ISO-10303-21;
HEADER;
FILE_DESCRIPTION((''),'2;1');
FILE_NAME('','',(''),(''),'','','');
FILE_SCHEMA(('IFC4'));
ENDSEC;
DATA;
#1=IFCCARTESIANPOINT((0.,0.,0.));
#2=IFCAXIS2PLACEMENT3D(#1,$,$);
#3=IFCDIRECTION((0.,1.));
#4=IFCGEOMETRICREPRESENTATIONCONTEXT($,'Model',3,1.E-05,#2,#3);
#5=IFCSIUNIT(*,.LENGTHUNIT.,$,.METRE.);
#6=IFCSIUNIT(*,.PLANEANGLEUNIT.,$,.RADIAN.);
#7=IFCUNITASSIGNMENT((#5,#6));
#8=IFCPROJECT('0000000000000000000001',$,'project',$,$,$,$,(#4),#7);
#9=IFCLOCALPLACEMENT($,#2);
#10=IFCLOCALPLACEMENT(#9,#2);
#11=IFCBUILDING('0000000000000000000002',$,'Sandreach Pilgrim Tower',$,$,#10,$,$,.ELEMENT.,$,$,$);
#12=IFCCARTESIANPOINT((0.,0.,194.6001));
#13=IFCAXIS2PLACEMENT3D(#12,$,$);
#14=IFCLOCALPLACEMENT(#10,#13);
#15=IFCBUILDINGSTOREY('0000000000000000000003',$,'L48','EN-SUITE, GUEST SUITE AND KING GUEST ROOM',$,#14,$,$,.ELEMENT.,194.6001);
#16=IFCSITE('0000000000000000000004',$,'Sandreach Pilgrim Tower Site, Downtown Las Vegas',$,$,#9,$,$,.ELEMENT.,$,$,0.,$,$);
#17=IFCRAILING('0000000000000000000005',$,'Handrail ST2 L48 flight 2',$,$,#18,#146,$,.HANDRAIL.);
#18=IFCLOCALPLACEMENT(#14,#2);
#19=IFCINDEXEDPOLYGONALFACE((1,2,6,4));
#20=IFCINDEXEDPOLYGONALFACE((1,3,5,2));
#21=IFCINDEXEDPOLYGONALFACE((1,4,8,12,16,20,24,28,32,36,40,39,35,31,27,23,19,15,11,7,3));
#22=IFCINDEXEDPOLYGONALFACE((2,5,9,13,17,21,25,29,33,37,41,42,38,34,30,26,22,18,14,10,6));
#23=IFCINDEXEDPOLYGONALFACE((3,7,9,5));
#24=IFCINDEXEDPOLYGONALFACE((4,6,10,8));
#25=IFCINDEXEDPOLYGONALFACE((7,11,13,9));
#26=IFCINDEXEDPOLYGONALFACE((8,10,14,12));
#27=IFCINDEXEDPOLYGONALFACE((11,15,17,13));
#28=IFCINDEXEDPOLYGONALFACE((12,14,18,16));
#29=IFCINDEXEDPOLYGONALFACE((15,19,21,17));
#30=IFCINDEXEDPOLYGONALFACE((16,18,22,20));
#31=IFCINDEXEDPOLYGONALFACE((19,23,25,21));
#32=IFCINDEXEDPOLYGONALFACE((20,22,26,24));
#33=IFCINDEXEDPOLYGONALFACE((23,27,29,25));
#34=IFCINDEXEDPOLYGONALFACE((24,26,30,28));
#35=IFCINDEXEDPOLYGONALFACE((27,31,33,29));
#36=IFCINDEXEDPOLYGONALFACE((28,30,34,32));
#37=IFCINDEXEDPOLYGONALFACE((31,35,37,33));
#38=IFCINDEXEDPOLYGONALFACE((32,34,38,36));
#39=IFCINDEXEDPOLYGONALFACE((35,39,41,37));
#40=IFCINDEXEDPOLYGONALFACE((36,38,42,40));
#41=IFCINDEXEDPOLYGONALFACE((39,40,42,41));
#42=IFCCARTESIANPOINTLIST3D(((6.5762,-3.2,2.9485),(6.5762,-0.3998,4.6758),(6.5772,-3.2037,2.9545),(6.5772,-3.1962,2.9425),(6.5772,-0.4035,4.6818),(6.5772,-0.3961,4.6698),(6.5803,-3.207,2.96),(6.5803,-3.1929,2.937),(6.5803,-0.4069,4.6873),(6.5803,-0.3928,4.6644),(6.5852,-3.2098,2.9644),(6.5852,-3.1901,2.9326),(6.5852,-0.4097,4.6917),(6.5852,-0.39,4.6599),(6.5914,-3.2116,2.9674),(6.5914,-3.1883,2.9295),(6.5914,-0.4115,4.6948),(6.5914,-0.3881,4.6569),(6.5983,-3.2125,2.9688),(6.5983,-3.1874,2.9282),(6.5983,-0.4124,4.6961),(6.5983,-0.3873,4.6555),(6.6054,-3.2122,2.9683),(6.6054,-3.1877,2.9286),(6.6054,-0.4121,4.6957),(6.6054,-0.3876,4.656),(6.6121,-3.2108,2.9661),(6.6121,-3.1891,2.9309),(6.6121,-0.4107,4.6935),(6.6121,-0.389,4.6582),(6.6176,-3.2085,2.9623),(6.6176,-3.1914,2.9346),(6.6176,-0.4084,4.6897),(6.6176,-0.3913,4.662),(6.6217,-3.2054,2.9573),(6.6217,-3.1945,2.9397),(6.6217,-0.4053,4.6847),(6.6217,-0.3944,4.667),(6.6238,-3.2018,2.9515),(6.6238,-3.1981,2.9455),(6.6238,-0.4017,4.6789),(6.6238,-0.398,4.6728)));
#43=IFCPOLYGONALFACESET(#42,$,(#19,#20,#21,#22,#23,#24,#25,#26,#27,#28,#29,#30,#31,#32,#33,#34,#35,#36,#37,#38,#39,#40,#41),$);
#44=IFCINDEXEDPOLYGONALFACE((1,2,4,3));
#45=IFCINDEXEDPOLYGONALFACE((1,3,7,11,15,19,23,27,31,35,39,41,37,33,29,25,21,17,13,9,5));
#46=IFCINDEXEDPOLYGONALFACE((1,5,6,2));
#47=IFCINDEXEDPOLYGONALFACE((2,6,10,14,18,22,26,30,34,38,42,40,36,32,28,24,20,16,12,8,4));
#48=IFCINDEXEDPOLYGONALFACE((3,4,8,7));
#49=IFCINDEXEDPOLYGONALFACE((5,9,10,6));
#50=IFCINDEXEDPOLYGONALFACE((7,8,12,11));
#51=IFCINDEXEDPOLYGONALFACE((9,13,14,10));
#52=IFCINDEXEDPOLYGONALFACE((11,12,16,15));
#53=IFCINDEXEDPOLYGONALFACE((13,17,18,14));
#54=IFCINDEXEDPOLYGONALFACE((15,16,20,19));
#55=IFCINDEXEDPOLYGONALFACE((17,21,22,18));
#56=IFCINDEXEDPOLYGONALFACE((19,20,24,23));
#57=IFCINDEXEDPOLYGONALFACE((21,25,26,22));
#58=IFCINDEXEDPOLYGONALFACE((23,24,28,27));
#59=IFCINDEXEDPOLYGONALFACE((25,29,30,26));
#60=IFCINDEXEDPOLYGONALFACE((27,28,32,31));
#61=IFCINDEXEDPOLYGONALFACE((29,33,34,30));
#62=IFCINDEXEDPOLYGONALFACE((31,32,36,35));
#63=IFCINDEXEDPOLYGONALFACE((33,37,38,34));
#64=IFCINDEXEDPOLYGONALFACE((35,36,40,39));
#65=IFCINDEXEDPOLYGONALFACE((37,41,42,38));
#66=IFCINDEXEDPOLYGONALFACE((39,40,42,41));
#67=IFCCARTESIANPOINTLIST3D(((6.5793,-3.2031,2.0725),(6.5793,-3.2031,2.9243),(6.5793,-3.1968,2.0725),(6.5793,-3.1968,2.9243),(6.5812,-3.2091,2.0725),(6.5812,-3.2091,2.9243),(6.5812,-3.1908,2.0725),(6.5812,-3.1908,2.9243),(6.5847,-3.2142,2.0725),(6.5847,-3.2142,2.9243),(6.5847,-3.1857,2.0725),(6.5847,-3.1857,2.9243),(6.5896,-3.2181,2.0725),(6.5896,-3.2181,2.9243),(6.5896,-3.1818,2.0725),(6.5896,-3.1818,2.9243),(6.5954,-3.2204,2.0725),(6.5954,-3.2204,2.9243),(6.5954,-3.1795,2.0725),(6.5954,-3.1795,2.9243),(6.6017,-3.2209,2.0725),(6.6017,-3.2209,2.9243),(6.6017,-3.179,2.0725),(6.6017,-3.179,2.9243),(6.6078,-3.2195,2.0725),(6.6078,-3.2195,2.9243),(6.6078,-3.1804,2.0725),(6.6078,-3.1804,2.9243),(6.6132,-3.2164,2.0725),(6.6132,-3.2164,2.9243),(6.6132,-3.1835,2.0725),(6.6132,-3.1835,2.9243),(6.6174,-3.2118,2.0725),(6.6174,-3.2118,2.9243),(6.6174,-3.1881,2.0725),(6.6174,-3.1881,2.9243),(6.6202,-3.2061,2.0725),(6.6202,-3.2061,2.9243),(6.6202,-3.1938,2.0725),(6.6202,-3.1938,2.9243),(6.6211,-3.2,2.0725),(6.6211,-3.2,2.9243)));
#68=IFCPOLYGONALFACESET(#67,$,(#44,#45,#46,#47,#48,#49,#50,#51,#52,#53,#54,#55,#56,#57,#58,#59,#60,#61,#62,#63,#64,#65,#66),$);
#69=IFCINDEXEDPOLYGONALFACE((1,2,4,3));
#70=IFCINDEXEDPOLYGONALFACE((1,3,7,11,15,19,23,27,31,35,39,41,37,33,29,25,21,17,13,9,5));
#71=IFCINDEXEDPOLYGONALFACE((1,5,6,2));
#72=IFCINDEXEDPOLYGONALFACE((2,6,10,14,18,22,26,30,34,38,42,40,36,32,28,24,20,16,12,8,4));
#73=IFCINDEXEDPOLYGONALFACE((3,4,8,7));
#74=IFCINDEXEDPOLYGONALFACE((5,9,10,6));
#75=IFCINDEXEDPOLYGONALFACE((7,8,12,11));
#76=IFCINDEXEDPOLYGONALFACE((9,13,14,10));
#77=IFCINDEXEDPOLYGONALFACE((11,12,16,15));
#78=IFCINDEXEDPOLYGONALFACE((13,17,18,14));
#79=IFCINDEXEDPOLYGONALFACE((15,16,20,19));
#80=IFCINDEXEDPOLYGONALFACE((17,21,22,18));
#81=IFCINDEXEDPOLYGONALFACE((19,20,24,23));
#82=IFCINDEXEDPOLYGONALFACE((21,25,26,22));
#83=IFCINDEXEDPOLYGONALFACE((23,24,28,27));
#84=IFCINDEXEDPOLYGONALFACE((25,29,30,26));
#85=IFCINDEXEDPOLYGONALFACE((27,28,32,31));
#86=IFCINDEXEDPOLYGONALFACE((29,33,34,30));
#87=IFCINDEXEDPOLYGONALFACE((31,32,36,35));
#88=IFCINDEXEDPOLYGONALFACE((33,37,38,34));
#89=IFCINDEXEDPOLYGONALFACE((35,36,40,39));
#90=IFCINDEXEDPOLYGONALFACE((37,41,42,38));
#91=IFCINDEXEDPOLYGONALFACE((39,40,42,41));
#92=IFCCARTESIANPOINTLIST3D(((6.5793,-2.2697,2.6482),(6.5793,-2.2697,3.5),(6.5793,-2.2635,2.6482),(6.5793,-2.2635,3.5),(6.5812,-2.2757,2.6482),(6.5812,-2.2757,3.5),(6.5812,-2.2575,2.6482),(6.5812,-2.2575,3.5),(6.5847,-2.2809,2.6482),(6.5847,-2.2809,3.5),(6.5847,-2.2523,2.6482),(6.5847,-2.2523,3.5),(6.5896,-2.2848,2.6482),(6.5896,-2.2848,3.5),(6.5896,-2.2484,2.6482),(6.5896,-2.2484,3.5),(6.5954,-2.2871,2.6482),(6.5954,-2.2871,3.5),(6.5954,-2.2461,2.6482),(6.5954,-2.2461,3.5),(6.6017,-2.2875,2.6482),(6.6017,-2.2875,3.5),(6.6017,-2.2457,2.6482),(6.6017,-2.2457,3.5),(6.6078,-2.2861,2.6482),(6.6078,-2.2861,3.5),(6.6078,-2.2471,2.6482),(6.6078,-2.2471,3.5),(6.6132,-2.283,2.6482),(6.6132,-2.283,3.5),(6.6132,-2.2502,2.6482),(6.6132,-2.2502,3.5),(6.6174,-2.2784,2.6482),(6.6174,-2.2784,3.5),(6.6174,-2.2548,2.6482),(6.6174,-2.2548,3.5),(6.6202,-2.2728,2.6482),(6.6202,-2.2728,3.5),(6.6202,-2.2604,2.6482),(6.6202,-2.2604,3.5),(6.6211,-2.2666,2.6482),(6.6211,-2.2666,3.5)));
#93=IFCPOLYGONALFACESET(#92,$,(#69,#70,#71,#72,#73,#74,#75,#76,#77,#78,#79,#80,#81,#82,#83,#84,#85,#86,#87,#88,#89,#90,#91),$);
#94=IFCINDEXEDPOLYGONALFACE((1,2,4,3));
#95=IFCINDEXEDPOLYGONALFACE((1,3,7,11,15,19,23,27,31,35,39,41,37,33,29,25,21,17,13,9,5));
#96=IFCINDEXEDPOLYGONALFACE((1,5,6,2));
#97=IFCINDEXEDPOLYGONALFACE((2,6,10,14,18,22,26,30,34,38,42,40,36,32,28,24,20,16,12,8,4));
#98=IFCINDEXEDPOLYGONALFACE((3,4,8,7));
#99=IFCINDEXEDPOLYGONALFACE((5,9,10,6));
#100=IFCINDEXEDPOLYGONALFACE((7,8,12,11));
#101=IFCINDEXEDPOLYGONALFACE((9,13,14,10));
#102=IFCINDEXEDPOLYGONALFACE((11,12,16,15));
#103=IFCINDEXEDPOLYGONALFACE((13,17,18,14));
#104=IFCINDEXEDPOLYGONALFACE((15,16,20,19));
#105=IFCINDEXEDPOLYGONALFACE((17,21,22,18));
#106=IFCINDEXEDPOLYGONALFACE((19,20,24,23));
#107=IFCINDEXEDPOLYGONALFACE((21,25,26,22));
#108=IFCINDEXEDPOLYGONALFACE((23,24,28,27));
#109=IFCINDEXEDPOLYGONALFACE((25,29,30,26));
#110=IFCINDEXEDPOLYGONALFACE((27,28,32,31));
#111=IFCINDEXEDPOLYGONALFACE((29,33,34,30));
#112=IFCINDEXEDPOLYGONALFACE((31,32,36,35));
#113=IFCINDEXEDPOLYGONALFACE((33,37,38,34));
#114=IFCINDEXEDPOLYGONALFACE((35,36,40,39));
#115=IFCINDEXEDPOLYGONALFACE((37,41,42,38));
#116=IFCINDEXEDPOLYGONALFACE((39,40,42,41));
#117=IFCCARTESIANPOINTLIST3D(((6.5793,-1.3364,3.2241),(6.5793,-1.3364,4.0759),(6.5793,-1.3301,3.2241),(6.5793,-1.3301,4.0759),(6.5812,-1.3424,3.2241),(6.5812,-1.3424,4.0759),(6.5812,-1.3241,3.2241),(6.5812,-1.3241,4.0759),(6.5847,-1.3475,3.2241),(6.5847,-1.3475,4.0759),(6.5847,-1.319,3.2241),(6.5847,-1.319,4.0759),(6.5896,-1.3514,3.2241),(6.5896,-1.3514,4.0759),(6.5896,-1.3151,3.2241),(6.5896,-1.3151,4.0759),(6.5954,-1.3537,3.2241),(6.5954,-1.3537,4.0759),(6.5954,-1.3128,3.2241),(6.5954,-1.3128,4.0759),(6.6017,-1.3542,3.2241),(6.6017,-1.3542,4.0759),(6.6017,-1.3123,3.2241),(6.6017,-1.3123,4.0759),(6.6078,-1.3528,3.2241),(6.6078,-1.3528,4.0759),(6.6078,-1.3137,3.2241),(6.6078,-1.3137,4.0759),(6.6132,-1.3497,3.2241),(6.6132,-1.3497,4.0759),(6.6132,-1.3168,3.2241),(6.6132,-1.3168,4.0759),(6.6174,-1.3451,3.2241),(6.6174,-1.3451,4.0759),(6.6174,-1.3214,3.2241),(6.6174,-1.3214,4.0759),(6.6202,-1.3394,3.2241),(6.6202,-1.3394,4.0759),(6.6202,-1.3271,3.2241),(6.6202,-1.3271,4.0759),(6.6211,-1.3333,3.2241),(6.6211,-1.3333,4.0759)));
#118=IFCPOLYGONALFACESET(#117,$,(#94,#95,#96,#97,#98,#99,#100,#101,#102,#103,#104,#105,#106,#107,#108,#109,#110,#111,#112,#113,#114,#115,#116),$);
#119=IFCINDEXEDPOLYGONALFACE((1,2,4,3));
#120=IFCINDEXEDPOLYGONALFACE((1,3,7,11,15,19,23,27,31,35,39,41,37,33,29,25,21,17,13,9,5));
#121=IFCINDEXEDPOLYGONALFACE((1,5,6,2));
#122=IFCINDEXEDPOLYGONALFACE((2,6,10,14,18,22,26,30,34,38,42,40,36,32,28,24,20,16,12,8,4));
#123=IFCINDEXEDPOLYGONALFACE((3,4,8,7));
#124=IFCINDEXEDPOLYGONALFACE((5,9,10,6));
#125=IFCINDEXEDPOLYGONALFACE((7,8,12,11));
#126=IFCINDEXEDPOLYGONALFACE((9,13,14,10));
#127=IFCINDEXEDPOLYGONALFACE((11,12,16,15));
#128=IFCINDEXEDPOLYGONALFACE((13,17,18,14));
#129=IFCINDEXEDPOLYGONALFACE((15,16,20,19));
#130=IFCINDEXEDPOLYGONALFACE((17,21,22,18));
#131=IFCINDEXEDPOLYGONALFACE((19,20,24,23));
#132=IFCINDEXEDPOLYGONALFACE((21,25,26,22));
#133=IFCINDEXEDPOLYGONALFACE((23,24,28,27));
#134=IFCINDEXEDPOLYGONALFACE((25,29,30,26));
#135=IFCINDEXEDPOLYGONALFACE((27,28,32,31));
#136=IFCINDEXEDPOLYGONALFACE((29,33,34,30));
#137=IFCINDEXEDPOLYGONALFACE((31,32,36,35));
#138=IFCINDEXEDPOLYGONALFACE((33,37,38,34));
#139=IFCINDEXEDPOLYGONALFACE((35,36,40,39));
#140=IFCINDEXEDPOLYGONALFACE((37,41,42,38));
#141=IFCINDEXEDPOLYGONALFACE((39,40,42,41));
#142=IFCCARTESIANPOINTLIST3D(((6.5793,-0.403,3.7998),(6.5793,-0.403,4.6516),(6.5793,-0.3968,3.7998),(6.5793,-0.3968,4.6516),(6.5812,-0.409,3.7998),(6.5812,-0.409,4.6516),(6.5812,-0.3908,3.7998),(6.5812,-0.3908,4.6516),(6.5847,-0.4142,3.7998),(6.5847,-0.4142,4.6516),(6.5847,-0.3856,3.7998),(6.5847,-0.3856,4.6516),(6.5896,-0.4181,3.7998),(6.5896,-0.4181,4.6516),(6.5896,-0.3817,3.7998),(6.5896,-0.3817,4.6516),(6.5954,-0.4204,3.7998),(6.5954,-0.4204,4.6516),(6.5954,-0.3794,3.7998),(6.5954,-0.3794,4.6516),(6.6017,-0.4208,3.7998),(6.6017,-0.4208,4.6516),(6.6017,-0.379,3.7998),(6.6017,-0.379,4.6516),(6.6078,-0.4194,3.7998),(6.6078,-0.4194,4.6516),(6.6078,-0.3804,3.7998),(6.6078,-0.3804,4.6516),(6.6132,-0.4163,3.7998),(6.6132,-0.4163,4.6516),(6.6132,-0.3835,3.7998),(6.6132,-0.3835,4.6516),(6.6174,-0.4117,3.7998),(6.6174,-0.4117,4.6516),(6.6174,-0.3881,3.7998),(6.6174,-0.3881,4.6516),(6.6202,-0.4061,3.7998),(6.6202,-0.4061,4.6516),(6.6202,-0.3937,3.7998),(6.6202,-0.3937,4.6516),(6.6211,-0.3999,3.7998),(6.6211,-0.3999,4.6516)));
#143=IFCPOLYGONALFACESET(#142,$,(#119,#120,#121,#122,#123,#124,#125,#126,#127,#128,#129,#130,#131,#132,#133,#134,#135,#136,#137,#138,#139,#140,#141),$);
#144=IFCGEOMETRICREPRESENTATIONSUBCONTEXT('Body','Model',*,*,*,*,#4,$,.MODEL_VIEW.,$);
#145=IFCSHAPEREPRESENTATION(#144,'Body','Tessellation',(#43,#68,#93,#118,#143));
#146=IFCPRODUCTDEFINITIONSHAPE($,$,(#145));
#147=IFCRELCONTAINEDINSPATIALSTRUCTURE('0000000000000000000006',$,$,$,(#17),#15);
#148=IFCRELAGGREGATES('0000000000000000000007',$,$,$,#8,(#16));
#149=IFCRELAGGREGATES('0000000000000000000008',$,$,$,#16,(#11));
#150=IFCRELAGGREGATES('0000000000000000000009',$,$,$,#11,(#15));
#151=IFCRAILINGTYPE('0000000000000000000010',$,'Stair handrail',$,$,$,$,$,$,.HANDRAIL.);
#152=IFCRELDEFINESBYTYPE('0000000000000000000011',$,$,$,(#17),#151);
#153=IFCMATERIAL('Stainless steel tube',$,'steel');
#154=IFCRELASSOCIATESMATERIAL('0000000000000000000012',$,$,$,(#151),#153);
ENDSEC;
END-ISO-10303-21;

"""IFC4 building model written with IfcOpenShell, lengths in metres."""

from ifc_helpers import new_model, si_unit, direction, frame, origin, origin_2d, place, context, subcontext, project, spatial, circle, extrude, material, type_object, element, save


model = new_model("IFC4")

# Units and contexts
model_context = context("Model", 3, precision=1e-05, world=origin(), true_north=direction((0.0, 1.0)))
body_context = subcontext(model_context, "Body", "Model", "MODEL_VIEW")
ifc_project = project(units=[si_unit("LENGTHUNIT", "METRE"), si_unit("PLANEANGLEUNIT", "RADIAN")], contexts=[model_context])

# Site, building, storey
site_placement = place(None, origin())
site = spatial("IfcSite", under=ifc_project, at=site_placement, Name="Sandreach Pilgrim Tower Site, Downtown Las Vegas", CompositionType="ELEMENT", RefElevation=0.0)
building_placement = place(site_placement, origin())
building = spatial("IfcBuilding", under=site, at=building_placement, Name="Sandreach Pilgrim Tower", CompositionType="ELEMENT")
storey_placement = place(building_placement, frame((0.0, 0.0, 194.6001)))
storey = spatial("IfcBuildingStorey", under=building, at=storey_placement, Name="L48", Description="EN-SUITE, GUEST SUITE AND KING GUEST ROOM", CompositionType="ELEMENT", Elevation=194.6001)

# Railing
ifc_material_1 = material(Name="Stainless steel tube", Category="steel")
railing_type = type_object("IfcRailingType", Name="Stair handrail", PredefinedType="HANDRAIL", material=ifc_material_1)
for number, where, name in (
    (1, (6.6001, -3.2, 2.0725), "Handrail ST2 L48 flight 2"),
):
    element("IfcRailing", number, at=place(storey_placement, frame(where)), inside=storey, type_object=railing_type, Name=name, PredefinedType="HANDRAIL", context=body_context, shape_type="SweptSolid", body=[
        extrude(circle(Radius=0.0239, at=origin_2d()), frame((0.0, 0.0, 0.876), z_axis=(0.0, 0.85109, 0.52502), x_axis=(-1.0, 0.0, 0.0)), (0.0, 0.0, 1.0), 3.29),
        extrude(circle(Radius=0.021, at=origin_2d()), origin(), (0.0, 0.0, 1.0), 0.8518),
        extrude(circle(Radius=0.021, at=origin_2d()), frame((0.0, 0.9333, 0.5757)), (0.0, 0.0, 1.0), 0.8518),
        extrude(circle(Radius=0.021, at=origin_2d()), frame((0.0, 1.8667, 1.1516)), (0.0, 0.0, 1.0), 0.8518),
        extrude(circle(Radius=0.021, at=origin_2d()), frame((0.0, 2.8, 1.7273)), (0.0, 0.0, 1.0), 0.8518),
    ])

save(model, "model.ifc")
